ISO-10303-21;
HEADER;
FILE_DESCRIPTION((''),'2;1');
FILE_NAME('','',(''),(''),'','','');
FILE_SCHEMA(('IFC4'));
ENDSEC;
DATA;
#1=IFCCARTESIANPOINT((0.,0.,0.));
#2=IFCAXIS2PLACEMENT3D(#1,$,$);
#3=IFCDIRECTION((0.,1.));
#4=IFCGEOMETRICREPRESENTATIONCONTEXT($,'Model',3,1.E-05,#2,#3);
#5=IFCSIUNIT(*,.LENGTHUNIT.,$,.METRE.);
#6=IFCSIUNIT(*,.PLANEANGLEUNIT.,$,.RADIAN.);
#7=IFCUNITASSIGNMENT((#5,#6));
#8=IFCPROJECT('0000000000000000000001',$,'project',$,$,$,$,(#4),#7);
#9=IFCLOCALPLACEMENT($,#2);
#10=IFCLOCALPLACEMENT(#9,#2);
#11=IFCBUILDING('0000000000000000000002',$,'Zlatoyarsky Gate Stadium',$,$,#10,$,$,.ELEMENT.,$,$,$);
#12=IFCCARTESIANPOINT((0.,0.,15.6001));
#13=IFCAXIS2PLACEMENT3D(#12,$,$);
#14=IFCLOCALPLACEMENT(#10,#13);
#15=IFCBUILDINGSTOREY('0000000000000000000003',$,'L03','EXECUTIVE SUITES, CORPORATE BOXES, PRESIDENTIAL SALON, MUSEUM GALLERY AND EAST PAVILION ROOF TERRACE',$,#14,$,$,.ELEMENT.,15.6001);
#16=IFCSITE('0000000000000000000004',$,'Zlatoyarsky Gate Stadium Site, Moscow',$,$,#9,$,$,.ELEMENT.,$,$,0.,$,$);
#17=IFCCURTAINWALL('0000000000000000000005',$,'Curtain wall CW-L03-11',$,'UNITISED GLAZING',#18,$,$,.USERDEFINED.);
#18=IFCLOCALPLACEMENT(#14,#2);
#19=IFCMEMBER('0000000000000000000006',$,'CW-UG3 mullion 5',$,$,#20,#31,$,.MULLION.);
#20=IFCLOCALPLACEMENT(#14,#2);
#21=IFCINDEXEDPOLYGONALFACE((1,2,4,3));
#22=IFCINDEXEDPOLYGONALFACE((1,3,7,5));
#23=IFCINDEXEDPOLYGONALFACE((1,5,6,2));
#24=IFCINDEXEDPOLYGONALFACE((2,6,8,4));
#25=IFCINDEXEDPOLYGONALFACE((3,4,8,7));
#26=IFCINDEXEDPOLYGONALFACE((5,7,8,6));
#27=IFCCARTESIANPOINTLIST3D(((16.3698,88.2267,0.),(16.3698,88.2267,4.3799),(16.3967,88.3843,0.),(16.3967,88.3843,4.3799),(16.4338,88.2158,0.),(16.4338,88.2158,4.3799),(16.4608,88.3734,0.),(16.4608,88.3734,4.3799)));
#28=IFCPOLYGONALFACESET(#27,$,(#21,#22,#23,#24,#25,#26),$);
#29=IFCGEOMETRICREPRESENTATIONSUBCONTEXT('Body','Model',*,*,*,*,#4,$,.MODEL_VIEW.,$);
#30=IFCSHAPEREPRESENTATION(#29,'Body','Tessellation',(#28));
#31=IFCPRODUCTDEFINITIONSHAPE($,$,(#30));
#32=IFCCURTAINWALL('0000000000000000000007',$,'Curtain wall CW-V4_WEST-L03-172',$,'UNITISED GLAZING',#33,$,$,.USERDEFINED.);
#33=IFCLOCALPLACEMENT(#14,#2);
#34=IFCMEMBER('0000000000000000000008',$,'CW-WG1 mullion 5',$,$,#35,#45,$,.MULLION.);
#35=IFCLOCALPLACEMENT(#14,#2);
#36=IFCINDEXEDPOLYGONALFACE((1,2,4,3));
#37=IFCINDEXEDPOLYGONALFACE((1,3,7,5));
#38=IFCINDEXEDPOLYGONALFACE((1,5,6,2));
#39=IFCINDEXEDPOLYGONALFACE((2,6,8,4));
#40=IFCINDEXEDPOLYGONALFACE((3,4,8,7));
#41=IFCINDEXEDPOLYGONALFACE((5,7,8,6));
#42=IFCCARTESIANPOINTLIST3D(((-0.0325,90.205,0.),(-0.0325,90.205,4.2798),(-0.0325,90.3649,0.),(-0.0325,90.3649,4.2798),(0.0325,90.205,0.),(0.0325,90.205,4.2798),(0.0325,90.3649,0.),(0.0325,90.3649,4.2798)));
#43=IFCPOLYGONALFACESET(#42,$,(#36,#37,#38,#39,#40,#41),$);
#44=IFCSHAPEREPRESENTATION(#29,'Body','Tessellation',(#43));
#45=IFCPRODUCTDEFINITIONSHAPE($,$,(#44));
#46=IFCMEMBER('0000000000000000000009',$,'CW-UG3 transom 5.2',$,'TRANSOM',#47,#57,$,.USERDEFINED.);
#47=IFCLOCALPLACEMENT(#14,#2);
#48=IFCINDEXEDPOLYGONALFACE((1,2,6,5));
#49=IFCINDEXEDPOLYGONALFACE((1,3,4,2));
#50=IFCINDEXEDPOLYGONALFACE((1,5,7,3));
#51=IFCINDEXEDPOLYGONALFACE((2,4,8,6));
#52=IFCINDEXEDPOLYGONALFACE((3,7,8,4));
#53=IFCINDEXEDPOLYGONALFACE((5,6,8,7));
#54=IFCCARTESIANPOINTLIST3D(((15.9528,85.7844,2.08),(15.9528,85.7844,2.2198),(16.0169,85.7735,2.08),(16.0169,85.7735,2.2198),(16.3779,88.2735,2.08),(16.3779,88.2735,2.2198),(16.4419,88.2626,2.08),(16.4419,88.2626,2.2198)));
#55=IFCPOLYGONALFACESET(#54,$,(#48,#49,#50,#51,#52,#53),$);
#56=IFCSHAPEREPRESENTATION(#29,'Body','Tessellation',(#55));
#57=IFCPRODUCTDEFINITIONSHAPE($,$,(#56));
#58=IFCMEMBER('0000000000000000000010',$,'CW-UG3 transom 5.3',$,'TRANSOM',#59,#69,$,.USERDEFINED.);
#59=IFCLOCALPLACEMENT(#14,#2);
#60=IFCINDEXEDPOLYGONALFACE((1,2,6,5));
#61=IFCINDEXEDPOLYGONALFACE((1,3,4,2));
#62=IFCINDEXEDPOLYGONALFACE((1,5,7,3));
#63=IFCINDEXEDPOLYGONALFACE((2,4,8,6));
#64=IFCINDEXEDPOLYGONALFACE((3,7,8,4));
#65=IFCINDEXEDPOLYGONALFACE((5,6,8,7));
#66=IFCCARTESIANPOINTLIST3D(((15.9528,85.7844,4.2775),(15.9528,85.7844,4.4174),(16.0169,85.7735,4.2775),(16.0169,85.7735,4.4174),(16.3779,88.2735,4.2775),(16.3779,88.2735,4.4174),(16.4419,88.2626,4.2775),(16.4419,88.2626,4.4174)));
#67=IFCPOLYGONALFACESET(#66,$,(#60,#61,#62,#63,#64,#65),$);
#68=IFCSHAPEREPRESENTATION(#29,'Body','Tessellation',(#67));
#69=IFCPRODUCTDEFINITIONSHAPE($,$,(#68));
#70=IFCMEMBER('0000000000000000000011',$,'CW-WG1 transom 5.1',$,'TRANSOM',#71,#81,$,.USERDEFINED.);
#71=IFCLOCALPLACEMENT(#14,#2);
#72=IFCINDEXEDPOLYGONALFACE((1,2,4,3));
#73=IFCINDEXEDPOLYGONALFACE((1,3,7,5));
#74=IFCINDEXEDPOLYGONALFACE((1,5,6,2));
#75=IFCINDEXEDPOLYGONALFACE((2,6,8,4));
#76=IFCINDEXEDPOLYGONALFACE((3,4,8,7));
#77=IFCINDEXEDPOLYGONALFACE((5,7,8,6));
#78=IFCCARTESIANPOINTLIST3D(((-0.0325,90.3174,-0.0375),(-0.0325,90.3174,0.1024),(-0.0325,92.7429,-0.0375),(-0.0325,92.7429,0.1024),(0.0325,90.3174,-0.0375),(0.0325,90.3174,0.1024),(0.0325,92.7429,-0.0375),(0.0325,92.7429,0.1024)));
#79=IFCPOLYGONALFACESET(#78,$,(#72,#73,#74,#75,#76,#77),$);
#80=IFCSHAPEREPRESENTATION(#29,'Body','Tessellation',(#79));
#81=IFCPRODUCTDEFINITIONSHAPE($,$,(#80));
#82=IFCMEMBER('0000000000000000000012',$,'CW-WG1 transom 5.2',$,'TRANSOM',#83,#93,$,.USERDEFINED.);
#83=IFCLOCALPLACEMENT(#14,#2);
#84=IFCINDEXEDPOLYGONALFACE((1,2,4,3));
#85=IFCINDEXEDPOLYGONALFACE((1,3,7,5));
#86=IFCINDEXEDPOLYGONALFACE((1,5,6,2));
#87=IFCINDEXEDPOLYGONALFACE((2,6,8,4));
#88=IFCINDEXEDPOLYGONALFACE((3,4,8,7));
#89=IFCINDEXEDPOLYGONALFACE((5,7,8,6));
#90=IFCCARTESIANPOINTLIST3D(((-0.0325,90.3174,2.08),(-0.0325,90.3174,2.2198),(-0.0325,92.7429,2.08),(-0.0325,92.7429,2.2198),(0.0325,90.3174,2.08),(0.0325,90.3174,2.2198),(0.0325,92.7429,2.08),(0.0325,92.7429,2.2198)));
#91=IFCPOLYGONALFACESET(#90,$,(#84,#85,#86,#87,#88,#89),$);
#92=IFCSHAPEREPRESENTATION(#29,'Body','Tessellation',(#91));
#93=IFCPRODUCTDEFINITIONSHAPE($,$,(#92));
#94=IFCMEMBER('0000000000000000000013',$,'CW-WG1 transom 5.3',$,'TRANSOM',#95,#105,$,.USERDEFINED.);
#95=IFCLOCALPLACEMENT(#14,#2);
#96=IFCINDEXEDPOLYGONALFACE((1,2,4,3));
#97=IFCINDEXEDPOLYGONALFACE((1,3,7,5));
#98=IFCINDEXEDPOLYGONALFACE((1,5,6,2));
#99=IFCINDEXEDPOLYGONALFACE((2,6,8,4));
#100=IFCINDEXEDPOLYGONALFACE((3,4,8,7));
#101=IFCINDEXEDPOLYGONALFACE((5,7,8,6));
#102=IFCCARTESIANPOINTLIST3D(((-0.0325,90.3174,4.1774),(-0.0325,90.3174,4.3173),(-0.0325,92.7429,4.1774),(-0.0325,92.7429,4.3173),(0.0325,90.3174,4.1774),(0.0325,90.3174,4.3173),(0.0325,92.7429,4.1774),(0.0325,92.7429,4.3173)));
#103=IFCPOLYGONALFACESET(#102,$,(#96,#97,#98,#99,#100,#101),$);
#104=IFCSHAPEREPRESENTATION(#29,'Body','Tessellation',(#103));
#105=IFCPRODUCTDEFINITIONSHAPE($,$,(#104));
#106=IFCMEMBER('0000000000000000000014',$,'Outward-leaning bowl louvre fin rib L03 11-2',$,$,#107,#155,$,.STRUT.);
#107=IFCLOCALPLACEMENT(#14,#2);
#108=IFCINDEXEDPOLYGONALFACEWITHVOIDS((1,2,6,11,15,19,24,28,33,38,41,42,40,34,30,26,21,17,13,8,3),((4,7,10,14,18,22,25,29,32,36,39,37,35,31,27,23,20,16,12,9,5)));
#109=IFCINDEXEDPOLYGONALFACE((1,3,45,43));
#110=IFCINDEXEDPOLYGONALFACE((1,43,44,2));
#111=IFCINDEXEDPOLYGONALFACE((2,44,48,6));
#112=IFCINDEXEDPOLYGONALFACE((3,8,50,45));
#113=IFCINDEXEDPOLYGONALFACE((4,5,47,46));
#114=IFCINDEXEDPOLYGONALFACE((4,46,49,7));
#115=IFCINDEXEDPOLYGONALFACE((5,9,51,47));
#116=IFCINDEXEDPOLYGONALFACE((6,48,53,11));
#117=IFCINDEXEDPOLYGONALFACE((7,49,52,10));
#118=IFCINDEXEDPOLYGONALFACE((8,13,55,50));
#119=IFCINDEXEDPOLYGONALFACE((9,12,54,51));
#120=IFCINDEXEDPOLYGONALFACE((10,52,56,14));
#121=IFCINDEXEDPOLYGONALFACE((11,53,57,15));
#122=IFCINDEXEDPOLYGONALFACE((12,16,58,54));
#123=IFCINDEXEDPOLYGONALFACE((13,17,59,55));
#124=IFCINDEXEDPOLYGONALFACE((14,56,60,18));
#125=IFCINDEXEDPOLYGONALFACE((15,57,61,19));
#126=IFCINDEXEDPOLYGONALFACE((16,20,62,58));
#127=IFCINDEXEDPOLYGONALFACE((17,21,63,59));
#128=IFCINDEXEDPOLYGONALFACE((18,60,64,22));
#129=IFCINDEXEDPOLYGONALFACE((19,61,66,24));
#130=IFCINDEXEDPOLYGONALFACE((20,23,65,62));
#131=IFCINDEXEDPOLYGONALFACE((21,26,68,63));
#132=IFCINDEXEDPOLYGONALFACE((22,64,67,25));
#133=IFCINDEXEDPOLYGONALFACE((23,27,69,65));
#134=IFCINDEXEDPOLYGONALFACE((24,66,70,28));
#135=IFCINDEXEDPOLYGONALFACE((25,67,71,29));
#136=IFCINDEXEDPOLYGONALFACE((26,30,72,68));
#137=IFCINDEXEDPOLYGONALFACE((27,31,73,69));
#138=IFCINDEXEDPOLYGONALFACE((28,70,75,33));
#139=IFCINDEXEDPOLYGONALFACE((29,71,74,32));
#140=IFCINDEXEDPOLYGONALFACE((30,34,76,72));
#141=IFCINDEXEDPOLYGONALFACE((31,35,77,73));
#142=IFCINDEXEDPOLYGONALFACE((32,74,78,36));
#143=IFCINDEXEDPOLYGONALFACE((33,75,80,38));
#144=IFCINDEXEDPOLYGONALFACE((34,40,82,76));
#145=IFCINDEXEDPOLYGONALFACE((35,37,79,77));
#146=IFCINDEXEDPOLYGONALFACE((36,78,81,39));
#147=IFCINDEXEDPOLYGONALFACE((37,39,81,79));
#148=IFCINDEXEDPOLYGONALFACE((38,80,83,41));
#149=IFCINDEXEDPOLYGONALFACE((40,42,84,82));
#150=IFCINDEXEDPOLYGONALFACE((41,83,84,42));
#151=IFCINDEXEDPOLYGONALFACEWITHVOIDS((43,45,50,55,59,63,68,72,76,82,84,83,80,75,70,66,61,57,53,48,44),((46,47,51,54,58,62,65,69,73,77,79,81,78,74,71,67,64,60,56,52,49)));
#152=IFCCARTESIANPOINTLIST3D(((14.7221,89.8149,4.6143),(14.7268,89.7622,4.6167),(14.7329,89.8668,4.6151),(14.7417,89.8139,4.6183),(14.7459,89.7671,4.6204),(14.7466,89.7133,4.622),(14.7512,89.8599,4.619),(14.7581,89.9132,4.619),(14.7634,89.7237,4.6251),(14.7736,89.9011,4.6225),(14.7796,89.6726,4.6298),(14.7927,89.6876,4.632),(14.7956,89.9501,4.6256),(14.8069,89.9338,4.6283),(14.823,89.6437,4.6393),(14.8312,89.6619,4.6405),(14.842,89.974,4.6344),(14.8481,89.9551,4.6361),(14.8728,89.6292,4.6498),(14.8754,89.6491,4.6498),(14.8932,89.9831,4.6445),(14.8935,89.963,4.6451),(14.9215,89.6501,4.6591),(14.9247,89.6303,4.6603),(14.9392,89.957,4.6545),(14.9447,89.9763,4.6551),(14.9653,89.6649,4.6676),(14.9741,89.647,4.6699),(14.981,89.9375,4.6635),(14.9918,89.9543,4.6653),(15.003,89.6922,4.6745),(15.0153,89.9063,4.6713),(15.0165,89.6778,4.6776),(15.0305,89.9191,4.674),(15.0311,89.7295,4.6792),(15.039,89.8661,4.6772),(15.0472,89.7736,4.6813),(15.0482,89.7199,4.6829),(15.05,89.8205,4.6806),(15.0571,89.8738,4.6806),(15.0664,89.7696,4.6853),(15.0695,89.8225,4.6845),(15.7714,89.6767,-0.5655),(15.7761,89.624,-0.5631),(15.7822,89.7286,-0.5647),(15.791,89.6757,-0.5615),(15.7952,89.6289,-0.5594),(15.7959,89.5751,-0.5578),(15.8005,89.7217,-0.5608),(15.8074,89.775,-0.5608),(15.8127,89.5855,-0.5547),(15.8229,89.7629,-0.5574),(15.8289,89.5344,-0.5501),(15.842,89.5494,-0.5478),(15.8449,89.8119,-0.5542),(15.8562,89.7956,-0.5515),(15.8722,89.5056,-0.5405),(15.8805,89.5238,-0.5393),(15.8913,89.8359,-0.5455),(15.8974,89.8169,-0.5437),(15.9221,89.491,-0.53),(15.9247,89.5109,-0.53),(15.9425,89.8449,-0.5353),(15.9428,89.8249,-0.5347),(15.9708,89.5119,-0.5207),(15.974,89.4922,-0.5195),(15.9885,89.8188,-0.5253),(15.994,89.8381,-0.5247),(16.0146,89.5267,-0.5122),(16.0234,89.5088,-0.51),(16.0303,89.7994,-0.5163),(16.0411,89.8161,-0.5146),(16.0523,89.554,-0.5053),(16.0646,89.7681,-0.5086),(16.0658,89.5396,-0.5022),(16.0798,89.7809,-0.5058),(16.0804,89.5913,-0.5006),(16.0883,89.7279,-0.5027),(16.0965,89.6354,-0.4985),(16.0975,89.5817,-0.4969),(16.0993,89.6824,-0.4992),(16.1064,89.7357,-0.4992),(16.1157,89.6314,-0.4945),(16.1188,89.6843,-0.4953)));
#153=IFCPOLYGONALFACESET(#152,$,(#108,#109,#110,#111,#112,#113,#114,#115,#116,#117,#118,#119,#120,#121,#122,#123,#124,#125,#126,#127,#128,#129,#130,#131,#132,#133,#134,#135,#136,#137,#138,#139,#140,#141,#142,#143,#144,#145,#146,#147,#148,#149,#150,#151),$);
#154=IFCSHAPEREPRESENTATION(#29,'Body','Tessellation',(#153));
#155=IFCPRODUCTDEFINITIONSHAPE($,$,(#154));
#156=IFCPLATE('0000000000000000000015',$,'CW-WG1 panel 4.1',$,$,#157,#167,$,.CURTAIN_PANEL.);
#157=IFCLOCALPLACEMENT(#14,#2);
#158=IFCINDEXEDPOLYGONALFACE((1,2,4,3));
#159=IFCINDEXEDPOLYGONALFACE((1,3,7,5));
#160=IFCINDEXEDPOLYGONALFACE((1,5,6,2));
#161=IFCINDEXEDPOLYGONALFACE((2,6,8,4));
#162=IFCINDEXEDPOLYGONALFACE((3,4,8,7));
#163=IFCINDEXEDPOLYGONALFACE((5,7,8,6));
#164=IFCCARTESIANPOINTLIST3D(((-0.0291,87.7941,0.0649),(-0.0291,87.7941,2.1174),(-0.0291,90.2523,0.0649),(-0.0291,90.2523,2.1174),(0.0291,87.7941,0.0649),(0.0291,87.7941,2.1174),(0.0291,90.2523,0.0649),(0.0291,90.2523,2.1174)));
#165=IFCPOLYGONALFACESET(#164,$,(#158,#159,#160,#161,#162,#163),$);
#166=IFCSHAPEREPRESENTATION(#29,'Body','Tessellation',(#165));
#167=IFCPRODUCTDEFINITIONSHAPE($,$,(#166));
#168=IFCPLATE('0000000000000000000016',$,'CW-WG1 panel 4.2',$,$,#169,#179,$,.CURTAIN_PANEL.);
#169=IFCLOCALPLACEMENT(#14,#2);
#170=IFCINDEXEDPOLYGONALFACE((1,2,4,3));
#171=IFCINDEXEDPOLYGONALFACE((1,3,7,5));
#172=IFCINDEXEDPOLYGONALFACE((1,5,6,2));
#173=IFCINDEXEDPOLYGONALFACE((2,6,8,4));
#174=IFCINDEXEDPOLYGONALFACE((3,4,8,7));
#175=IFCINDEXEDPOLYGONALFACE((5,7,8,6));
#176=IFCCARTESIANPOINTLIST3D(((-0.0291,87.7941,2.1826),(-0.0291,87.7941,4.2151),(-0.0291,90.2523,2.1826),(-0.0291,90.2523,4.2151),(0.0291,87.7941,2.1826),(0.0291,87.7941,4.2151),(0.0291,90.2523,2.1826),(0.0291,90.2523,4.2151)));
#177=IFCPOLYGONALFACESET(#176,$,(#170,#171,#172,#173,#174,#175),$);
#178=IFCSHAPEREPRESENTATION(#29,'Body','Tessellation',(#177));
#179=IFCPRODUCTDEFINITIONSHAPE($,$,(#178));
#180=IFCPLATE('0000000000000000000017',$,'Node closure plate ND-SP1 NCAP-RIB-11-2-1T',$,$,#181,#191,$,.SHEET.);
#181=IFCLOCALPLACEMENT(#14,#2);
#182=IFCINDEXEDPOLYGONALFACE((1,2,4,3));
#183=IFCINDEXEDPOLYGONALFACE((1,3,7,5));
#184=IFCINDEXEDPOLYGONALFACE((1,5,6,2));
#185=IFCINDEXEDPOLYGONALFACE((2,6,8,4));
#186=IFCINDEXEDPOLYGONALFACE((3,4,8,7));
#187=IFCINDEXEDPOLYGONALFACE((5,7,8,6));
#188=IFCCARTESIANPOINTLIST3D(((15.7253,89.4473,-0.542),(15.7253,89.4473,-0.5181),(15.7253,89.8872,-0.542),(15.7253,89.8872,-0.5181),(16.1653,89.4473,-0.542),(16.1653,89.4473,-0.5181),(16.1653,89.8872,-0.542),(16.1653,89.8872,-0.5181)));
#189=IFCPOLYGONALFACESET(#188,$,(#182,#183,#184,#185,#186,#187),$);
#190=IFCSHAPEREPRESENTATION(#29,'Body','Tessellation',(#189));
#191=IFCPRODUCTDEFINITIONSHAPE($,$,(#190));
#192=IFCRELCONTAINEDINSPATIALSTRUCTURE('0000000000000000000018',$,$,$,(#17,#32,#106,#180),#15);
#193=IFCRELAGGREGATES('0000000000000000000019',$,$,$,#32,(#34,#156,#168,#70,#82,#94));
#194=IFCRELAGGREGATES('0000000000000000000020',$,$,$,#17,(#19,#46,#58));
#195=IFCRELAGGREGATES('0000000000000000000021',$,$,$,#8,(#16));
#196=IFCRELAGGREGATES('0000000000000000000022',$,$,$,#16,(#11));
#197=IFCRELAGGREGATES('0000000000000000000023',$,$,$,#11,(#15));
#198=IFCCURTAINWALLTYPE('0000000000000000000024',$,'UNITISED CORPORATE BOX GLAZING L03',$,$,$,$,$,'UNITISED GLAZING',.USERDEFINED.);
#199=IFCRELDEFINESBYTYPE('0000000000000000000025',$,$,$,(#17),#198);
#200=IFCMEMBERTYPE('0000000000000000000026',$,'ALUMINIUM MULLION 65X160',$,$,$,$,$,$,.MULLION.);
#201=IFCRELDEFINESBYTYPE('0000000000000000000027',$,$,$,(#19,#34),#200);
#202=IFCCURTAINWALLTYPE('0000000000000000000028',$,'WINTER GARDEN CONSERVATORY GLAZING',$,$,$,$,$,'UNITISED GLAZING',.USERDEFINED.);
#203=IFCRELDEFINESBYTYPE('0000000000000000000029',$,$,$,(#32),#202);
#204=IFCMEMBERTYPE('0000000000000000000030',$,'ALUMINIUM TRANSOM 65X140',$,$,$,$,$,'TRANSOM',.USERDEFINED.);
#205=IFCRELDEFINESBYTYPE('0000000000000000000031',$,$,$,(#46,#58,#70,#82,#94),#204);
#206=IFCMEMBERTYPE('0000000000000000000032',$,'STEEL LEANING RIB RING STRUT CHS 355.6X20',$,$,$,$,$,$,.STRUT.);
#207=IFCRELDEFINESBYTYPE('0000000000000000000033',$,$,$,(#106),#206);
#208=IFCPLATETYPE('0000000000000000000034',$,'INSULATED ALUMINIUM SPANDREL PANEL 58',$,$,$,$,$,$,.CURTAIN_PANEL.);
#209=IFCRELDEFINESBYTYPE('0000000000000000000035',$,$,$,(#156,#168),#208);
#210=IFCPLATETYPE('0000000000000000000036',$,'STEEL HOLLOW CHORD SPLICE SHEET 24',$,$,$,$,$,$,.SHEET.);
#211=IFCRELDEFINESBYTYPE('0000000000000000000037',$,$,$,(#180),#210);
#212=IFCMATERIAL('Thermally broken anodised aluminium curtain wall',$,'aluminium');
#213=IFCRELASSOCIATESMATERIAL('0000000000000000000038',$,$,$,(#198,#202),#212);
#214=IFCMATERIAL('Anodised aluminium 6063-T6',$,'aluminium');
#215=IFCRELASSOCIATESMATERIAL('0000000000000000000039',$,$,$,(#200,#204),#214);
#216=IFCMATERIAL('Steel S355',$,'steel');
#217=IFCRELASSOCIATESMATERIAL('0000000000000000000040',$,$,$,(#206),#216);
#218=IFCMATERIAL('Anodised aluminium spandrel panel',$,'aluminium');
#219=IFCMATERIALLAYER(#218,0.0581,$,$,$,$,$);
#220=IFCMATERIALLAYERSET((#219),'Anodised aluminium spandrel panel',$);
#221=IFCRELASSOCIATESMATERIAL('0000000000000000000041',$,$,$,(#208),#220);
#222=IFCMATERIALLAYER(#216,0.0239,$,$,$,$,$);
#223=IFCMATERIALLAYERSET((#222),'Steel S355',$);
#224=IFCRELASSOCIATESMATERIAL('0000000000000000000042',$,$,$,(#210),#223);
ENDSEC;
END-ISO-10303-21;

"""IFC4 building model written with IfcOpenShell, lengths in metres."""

from ifc_helpers import new_model, si_unit, direction, frame, origin, origin_2d, place, context, subcontext, project, spatial, rectangle, hollow_circle, extrude, material, layer, layer_set, material_profile, profile_set, type_object, element, aggregate, save


model = new_model("IFC4")

# Units and contexts
model_context = context("Model", 3, precision=1e-05, world=origin(), true_north=direction((0.0, 1.0)))
body_context = subcontext(model_context, "Body", "Model", "MODEL_VIEW")
ifc_project = project(units=[si_unit("LENGTHUNIT", "METRE"), si_unit("PLANEANGLEUNIT", "RADIAN")], contexts=[model_context])

# Site, building, storey
site_placement = place(None, origin())
site = spatial("IfcSite", under=ifc_project, at=site_placement, Name="Zlatoyarsky Gate Stadium Site, Moscow", CompositionType="ELEMENT", RefElevation=0.0)
building_placement = place(site_placement, origin())
building = spatial("IfcBuilding", under=site, at=building_placement, Name="Zlatoyarsky Gate Stadium", CompositionType="ELEMENT")
storey_placement = place(building_placement, frame((0.0, 0.0, 15.6001)))
storey = spatial("IfcBuildingStorey", under=building, at=storey_placement, Name="L03", Description="EXECUTIVE SUITES, CORPORATE BOXES, PRESIDENTIAL SALON, MUSEUM GALLERY AND EAST PAVILION ROOF TERRACE", CompositionType="ELEMENT", Elevation=15.6001)

# Curtain walls, members
ifc_material_1 = material(Name="Thermally broken anodised aluminium curtain wall", Category="aluminium")
curtain_wall_type_1 = type_object("IfcCurtainWallType", Name="UNITISED CORPORATE BOX GLAZING L03", ElementType="UNITISED GLAZING", PredefinedType="USERDEFINED", material=ifc_material_1)
curtain_wall_1_placement = place(storey_placement, origin())
curtain_wall_1 = element("IfcCurtainWall", 1, at=curtain_wall_1_placement, inside=storey, type_object=curtain_wall_type_1, Name="Curtain wall CW-L03-11", ObjectType="UNITISED GLAZING", PredefinedType="USERDEFINED")
ifc_material_2 = material(Name="Anodised aluminium 6063-T6", Category="aluminium")
ifc_material_profile_1 = material_profile(ifc_material_2, rectangle(XDim=0.0649, YDim=0.1599, at=origin_2d()), Name="ALU 65X160")
ifc_profile_set_1 = profile_set([ifc_material_profile_1], Name="Anodised aluminium 6063-T6")
member_type_1 = type_object("IfcMemberType", Name="ALUMINIUM MULLION 65X160", PredefinedType="MULLION", material=ifc_profile_set_1)
member_1_placement = place(storey_placement, frame((16.4153, 88.3, 0.0), z_axis=(0.0, 0.0, 1.0), x_axis=(0.985726, -0.168356, 0.0)))
member_1 = element("IfcMember", 2, at=member_1_placement, type_object=member_type_1, Name="CW-UG3 mullion 5", PredefinedType="MULLION", context=body_context, shape_type="SweptSolid", body=[
    extrude(rectangle(XDim=0.0649, YDim=0.1599, at=origin_2d()), origin(), (0.0, 0.0, 1.0), 4.3799),
])
curtain_wall_type_2 = type_object("IfcCurtainWallType", Name="WINTER GARDEN CONSERVATORY GLAZING", ElementType="UNITISED GLAZING", PredefinedType="USERDEFINED", material=ifc_material_1)
curtain_wall_2_placement = place(storey_placement, origin())
curtain_wall_2 = element("IfcCurtainWall", 3, at=curtain_wall_2_placement, inside=storey, type_object=curtain_wall_type_2, Name="Curtain wall CW-V4_WEST-L03-172", ObjectType="UNITISED GLAZING", PredefinedType="USERDEFINED")
member_2_placement = place(storey_placement, frame((0.0, 90.2849, 0.0), z_axis=(0.0, 0.0, 1.0), x_axis=(-1.0, 0.0, 0.0)))
member_2 = element("IfcMember", 4, at=member_2_placement, type_object=member_type_1, Name="CW-WG1 mullion 5", PredefinedType="MULLION", context=body_context, shape_type="SweptSolid", body=[
    extrude(rectangle(XDim=0.0649, YDim=0.1599, at=origin_2d()), origin(), (0.0, 0.0, 1.0), 4.2798),
])

# Members
ifc_material_profile_2 = material_profile(ifc_material_2, rectangle(XDim=0.0649, YDim=0.1399, at=origin_2d()), Name="ALU 65X140")
ifc_profile_set_2 = profile_set([ifc_material_profile_2], Name="Anodised aluminium 6063-T6")
member_type_2 = type_object("IfcMemberType", Name="ALUMINIUM TRANSOM 65X140", ElementType="TRANSOM", PredefinedType="USERDEFINED", material=ifc_profile_set_2)
member_3_placement = place(storey_placement, frame((16.4099, 88.2681, 2.1499), z_axis=(-0.168333, -0.98573, 0.0), x_axis=(0.98573, -0.168333, 0.0)))
member_3 = element("IfcMember", 5, at=member_3_placement, type_object=member_type_2, Name="CW-UG3 transom 5.2", ObjectType="TRANSOM", PredefinedType="USERDEFINED", context=body_context, shape_type="SweptSolid", body=[
    extrude(rectangle(XDim=0.0649, YDim=0.1399, at=origin_2d()), origin(), (0.0, 0.0, 1.0), 2.5251),
])
member_4_placement = place(storey_placement, frame((16.4099, 88.2681, 4.3474), z_axis=(-0.168333, -0.98573, 0.0), x_axis=(0.98573, -0.168333, 0.0)))
member_4 = element("IfcMember", 6, at=member_4_placement, type_object=member_type_2, Name="CW-UG3 transom 5.3", ObjectType="TRANSOM", PredefinedType="USERDEFINED", context=body_context, shape_type="SweptSolid", body=[
    extrude(rectangle(XDim=0.0649, YDim=0.1399, at=origin_2d()), origin(), (0.0, 0.0, 1.0), 2.5251),
])
member_5_placement = place(storey_placement, frame((0.0, 90.3174, 0.0325), z_axis=(0.0, 1.0, 0.0), x_axis=(-1.0, 0.0, 0.0)))
member_5 = element("IfcMember", 7, at=member_5_placement, type_object=member_type_2, Name="CW-WG1 transom 5.1", ObjectType="TRANSOM", PredefinedType="USERDEFINED", context=body_context, shape_type="SweptSolid", body=[
    extrude(rectangle(XDim=0.0649, YDim=0.1399, at=origin_2d()), origin(), (0.0, 0.0, 1.0), 2.4255),
])
member_6_placement = place(storey_placement, frame((0.0, 90.3174, 2.1499), z_axis=(0.0, 1.0, 0.0), x_axis=(-1.0, 0.0, 0.0)))
member_6 = element("IfcMember", 8, at=member_6_placement, type_object=member_type_2, Name="CW-WG1 transom 5.2", ObjectType="TRANSOM", PredefinedType="USERDEFINED", context=body_context, shape_type="SweptSolid", body=[
    extrude(rectangle(XDim=0.0649, YDim=0.1399, at=origin_2d()), origin(), (0.0, 0.0, 1.0), 2.4255),
])
member_7_placement = place(storey_placement, frame((0.0, 90.3174, 4.2473), z_axis=(0.0, 1.0, 0.0), x_axis=(-1.0, 0.0, 0.0)))
member_7 = element("IfcMember", 9, at=member_7_placement, type_object=member_type_2, Name="CW-WG1 transom 5.3", ObjectType="TRANSOM", PredefinedType="USERDEFINED", context=body_context, shape_type="SweptSolid", body=[
    extrude(rectangle(XDim=0.0649, YDim=0.1399, at=origin_2d()), origin(), (0.0, 0.0, 1.0), 2.4255),
])
ifc_material_3 = material(Name="Steel S355", Category="steel")
ifc_material_profile_3 = material_profile(ifc_material_3, hollow_circle(Radius=0.1777, WallThickness=0.02, at=origin_2d()), Name="CHS 355.6X20")
ifc_profile_set_3 = profile_set([ifc_material_profile_3], Name="Steel S355")
member_type_3 = type_object("IfcMemberType", Name="STEEL LEANING RIB RING STRUT CHS 355.6X20", PredefinedType="STRUT", material=ifc_profile_set_3)
member_8_placement = place(storey_placement, frame((15.9453, 89.6672, -0.53), z_axis=(-0.198473, 0.026137, 0.979758), x_axis=(-0.130562, -0.99144, 0.0)))
element("IfcMember", 10, at=member_8_placement, inside=storey, type_object=member_type_3, Name="Outward-leaning bowl louvre fin rib L03 11-2", PredefinedType="STRUT", context=body_context, shape_type="SweptSolid", body=[
    extrude(hollow_circle(Radius=0.1777, WallThickness=0.02, at=origin_2d()), origin(), (0.0, 0.0, 1.0), 5.2869),
])

# Plates
ifc_material_4 = material(Name="Anodised aluminium spandrel panel", Category="aluminium")
ifc_layer_1 = layer(ifc_material_4, 0.0581)
ifc_layer_set_1 = layer_set([ifc_layer_1], Name="Anodised aluminium spandrel panel")
plate_type_1 = type_object("IfcPlateType", Name="INSULATED ALUMINIUM SPANDREL PANEL 58", PredefinedType="CURTAIN_PANEL", material=ifc_layer_set_1)
plate_1_placement = place(storey_placement, frame((0.0, 89.0232, 0.0649), z_axis=(0.0, 0.0, 1.0), x_axis=(0.0, 1.0, 0.0)))
plate_1 = element("IfcPlate", 11, at=plate_1_placement, type_object=plate_type_1, Name="CW-WG1 panel 4.1", PredefinedType="CURTAIN_PANEL", context=body_context, shape_type="SweptSolid", body=[
    extrude(rectangle(XDim=2.4583, YDim=0.0581, at=origin_2d()), origin(), (0.0, 0.0, 1.0), 2.0525),
])
plate_2_placement = place(storey_placement, frame((0.0, 89.0232, 2.1826), z_axis=(0.0, 0.0, 1.0), x_axis=(0.0, 1.0, 0.0)))
plate_2 = element("IfcPlate", 12, at=plate_2_placement, type_object=plate_type_1, Name="CW-WG1 panel 4.2", PredefinedType="CURTAIN_PANEL", context=body_context, shape_type="SweptSolid", body=[
    extrude(rectangle(XDim=2.4583, YDim=0.0581, at=origin_2d()), origin(), (0.0, 0.0, 1.0), 2.0325),
])
aggregate(curtain_wall_2, [member_2, plate_1, plate_2, member_5, member_6, member_7])
ifc_layer_2 = layer(ifc_material_3, 0.0239)
ifc_layer_set_2 = layer_set([ifc_layer_2], Name="Steel S355")
plate_type_2 = type_object("IfcPlateType", Name="STEEL HOLLOW CHORD SPLICE SHEET 24", PredefinedType="SHEET", material=ifc_layer_set_2)
plate_3_placement = place(storey_placement, frame((15.9453, 89.6672, -0.542), z_axis=(0.0, 0.0, 1.0), x_axis=(1.0, 0.0, 0.0)))
element("IfcPlate", 13, at=plate_3_placement, inside=storey, type_object=plate_type_2, Name="Node closure plate ND-SP1 NCAP-RIB-11-2-1T", PredefinedType="SHEET", context=body_context, shape_type="SweptSolid", body=[
    extrude(rectangle(XDim=0.4399, YDim=0.4399, at=origin_2d()), origin(), (0.0, 0.0, 1.0), 0.0239),
])
aggregate(curtain_wall_1, [member_1, member_3, member_4])

save(model, "model.ifc")
